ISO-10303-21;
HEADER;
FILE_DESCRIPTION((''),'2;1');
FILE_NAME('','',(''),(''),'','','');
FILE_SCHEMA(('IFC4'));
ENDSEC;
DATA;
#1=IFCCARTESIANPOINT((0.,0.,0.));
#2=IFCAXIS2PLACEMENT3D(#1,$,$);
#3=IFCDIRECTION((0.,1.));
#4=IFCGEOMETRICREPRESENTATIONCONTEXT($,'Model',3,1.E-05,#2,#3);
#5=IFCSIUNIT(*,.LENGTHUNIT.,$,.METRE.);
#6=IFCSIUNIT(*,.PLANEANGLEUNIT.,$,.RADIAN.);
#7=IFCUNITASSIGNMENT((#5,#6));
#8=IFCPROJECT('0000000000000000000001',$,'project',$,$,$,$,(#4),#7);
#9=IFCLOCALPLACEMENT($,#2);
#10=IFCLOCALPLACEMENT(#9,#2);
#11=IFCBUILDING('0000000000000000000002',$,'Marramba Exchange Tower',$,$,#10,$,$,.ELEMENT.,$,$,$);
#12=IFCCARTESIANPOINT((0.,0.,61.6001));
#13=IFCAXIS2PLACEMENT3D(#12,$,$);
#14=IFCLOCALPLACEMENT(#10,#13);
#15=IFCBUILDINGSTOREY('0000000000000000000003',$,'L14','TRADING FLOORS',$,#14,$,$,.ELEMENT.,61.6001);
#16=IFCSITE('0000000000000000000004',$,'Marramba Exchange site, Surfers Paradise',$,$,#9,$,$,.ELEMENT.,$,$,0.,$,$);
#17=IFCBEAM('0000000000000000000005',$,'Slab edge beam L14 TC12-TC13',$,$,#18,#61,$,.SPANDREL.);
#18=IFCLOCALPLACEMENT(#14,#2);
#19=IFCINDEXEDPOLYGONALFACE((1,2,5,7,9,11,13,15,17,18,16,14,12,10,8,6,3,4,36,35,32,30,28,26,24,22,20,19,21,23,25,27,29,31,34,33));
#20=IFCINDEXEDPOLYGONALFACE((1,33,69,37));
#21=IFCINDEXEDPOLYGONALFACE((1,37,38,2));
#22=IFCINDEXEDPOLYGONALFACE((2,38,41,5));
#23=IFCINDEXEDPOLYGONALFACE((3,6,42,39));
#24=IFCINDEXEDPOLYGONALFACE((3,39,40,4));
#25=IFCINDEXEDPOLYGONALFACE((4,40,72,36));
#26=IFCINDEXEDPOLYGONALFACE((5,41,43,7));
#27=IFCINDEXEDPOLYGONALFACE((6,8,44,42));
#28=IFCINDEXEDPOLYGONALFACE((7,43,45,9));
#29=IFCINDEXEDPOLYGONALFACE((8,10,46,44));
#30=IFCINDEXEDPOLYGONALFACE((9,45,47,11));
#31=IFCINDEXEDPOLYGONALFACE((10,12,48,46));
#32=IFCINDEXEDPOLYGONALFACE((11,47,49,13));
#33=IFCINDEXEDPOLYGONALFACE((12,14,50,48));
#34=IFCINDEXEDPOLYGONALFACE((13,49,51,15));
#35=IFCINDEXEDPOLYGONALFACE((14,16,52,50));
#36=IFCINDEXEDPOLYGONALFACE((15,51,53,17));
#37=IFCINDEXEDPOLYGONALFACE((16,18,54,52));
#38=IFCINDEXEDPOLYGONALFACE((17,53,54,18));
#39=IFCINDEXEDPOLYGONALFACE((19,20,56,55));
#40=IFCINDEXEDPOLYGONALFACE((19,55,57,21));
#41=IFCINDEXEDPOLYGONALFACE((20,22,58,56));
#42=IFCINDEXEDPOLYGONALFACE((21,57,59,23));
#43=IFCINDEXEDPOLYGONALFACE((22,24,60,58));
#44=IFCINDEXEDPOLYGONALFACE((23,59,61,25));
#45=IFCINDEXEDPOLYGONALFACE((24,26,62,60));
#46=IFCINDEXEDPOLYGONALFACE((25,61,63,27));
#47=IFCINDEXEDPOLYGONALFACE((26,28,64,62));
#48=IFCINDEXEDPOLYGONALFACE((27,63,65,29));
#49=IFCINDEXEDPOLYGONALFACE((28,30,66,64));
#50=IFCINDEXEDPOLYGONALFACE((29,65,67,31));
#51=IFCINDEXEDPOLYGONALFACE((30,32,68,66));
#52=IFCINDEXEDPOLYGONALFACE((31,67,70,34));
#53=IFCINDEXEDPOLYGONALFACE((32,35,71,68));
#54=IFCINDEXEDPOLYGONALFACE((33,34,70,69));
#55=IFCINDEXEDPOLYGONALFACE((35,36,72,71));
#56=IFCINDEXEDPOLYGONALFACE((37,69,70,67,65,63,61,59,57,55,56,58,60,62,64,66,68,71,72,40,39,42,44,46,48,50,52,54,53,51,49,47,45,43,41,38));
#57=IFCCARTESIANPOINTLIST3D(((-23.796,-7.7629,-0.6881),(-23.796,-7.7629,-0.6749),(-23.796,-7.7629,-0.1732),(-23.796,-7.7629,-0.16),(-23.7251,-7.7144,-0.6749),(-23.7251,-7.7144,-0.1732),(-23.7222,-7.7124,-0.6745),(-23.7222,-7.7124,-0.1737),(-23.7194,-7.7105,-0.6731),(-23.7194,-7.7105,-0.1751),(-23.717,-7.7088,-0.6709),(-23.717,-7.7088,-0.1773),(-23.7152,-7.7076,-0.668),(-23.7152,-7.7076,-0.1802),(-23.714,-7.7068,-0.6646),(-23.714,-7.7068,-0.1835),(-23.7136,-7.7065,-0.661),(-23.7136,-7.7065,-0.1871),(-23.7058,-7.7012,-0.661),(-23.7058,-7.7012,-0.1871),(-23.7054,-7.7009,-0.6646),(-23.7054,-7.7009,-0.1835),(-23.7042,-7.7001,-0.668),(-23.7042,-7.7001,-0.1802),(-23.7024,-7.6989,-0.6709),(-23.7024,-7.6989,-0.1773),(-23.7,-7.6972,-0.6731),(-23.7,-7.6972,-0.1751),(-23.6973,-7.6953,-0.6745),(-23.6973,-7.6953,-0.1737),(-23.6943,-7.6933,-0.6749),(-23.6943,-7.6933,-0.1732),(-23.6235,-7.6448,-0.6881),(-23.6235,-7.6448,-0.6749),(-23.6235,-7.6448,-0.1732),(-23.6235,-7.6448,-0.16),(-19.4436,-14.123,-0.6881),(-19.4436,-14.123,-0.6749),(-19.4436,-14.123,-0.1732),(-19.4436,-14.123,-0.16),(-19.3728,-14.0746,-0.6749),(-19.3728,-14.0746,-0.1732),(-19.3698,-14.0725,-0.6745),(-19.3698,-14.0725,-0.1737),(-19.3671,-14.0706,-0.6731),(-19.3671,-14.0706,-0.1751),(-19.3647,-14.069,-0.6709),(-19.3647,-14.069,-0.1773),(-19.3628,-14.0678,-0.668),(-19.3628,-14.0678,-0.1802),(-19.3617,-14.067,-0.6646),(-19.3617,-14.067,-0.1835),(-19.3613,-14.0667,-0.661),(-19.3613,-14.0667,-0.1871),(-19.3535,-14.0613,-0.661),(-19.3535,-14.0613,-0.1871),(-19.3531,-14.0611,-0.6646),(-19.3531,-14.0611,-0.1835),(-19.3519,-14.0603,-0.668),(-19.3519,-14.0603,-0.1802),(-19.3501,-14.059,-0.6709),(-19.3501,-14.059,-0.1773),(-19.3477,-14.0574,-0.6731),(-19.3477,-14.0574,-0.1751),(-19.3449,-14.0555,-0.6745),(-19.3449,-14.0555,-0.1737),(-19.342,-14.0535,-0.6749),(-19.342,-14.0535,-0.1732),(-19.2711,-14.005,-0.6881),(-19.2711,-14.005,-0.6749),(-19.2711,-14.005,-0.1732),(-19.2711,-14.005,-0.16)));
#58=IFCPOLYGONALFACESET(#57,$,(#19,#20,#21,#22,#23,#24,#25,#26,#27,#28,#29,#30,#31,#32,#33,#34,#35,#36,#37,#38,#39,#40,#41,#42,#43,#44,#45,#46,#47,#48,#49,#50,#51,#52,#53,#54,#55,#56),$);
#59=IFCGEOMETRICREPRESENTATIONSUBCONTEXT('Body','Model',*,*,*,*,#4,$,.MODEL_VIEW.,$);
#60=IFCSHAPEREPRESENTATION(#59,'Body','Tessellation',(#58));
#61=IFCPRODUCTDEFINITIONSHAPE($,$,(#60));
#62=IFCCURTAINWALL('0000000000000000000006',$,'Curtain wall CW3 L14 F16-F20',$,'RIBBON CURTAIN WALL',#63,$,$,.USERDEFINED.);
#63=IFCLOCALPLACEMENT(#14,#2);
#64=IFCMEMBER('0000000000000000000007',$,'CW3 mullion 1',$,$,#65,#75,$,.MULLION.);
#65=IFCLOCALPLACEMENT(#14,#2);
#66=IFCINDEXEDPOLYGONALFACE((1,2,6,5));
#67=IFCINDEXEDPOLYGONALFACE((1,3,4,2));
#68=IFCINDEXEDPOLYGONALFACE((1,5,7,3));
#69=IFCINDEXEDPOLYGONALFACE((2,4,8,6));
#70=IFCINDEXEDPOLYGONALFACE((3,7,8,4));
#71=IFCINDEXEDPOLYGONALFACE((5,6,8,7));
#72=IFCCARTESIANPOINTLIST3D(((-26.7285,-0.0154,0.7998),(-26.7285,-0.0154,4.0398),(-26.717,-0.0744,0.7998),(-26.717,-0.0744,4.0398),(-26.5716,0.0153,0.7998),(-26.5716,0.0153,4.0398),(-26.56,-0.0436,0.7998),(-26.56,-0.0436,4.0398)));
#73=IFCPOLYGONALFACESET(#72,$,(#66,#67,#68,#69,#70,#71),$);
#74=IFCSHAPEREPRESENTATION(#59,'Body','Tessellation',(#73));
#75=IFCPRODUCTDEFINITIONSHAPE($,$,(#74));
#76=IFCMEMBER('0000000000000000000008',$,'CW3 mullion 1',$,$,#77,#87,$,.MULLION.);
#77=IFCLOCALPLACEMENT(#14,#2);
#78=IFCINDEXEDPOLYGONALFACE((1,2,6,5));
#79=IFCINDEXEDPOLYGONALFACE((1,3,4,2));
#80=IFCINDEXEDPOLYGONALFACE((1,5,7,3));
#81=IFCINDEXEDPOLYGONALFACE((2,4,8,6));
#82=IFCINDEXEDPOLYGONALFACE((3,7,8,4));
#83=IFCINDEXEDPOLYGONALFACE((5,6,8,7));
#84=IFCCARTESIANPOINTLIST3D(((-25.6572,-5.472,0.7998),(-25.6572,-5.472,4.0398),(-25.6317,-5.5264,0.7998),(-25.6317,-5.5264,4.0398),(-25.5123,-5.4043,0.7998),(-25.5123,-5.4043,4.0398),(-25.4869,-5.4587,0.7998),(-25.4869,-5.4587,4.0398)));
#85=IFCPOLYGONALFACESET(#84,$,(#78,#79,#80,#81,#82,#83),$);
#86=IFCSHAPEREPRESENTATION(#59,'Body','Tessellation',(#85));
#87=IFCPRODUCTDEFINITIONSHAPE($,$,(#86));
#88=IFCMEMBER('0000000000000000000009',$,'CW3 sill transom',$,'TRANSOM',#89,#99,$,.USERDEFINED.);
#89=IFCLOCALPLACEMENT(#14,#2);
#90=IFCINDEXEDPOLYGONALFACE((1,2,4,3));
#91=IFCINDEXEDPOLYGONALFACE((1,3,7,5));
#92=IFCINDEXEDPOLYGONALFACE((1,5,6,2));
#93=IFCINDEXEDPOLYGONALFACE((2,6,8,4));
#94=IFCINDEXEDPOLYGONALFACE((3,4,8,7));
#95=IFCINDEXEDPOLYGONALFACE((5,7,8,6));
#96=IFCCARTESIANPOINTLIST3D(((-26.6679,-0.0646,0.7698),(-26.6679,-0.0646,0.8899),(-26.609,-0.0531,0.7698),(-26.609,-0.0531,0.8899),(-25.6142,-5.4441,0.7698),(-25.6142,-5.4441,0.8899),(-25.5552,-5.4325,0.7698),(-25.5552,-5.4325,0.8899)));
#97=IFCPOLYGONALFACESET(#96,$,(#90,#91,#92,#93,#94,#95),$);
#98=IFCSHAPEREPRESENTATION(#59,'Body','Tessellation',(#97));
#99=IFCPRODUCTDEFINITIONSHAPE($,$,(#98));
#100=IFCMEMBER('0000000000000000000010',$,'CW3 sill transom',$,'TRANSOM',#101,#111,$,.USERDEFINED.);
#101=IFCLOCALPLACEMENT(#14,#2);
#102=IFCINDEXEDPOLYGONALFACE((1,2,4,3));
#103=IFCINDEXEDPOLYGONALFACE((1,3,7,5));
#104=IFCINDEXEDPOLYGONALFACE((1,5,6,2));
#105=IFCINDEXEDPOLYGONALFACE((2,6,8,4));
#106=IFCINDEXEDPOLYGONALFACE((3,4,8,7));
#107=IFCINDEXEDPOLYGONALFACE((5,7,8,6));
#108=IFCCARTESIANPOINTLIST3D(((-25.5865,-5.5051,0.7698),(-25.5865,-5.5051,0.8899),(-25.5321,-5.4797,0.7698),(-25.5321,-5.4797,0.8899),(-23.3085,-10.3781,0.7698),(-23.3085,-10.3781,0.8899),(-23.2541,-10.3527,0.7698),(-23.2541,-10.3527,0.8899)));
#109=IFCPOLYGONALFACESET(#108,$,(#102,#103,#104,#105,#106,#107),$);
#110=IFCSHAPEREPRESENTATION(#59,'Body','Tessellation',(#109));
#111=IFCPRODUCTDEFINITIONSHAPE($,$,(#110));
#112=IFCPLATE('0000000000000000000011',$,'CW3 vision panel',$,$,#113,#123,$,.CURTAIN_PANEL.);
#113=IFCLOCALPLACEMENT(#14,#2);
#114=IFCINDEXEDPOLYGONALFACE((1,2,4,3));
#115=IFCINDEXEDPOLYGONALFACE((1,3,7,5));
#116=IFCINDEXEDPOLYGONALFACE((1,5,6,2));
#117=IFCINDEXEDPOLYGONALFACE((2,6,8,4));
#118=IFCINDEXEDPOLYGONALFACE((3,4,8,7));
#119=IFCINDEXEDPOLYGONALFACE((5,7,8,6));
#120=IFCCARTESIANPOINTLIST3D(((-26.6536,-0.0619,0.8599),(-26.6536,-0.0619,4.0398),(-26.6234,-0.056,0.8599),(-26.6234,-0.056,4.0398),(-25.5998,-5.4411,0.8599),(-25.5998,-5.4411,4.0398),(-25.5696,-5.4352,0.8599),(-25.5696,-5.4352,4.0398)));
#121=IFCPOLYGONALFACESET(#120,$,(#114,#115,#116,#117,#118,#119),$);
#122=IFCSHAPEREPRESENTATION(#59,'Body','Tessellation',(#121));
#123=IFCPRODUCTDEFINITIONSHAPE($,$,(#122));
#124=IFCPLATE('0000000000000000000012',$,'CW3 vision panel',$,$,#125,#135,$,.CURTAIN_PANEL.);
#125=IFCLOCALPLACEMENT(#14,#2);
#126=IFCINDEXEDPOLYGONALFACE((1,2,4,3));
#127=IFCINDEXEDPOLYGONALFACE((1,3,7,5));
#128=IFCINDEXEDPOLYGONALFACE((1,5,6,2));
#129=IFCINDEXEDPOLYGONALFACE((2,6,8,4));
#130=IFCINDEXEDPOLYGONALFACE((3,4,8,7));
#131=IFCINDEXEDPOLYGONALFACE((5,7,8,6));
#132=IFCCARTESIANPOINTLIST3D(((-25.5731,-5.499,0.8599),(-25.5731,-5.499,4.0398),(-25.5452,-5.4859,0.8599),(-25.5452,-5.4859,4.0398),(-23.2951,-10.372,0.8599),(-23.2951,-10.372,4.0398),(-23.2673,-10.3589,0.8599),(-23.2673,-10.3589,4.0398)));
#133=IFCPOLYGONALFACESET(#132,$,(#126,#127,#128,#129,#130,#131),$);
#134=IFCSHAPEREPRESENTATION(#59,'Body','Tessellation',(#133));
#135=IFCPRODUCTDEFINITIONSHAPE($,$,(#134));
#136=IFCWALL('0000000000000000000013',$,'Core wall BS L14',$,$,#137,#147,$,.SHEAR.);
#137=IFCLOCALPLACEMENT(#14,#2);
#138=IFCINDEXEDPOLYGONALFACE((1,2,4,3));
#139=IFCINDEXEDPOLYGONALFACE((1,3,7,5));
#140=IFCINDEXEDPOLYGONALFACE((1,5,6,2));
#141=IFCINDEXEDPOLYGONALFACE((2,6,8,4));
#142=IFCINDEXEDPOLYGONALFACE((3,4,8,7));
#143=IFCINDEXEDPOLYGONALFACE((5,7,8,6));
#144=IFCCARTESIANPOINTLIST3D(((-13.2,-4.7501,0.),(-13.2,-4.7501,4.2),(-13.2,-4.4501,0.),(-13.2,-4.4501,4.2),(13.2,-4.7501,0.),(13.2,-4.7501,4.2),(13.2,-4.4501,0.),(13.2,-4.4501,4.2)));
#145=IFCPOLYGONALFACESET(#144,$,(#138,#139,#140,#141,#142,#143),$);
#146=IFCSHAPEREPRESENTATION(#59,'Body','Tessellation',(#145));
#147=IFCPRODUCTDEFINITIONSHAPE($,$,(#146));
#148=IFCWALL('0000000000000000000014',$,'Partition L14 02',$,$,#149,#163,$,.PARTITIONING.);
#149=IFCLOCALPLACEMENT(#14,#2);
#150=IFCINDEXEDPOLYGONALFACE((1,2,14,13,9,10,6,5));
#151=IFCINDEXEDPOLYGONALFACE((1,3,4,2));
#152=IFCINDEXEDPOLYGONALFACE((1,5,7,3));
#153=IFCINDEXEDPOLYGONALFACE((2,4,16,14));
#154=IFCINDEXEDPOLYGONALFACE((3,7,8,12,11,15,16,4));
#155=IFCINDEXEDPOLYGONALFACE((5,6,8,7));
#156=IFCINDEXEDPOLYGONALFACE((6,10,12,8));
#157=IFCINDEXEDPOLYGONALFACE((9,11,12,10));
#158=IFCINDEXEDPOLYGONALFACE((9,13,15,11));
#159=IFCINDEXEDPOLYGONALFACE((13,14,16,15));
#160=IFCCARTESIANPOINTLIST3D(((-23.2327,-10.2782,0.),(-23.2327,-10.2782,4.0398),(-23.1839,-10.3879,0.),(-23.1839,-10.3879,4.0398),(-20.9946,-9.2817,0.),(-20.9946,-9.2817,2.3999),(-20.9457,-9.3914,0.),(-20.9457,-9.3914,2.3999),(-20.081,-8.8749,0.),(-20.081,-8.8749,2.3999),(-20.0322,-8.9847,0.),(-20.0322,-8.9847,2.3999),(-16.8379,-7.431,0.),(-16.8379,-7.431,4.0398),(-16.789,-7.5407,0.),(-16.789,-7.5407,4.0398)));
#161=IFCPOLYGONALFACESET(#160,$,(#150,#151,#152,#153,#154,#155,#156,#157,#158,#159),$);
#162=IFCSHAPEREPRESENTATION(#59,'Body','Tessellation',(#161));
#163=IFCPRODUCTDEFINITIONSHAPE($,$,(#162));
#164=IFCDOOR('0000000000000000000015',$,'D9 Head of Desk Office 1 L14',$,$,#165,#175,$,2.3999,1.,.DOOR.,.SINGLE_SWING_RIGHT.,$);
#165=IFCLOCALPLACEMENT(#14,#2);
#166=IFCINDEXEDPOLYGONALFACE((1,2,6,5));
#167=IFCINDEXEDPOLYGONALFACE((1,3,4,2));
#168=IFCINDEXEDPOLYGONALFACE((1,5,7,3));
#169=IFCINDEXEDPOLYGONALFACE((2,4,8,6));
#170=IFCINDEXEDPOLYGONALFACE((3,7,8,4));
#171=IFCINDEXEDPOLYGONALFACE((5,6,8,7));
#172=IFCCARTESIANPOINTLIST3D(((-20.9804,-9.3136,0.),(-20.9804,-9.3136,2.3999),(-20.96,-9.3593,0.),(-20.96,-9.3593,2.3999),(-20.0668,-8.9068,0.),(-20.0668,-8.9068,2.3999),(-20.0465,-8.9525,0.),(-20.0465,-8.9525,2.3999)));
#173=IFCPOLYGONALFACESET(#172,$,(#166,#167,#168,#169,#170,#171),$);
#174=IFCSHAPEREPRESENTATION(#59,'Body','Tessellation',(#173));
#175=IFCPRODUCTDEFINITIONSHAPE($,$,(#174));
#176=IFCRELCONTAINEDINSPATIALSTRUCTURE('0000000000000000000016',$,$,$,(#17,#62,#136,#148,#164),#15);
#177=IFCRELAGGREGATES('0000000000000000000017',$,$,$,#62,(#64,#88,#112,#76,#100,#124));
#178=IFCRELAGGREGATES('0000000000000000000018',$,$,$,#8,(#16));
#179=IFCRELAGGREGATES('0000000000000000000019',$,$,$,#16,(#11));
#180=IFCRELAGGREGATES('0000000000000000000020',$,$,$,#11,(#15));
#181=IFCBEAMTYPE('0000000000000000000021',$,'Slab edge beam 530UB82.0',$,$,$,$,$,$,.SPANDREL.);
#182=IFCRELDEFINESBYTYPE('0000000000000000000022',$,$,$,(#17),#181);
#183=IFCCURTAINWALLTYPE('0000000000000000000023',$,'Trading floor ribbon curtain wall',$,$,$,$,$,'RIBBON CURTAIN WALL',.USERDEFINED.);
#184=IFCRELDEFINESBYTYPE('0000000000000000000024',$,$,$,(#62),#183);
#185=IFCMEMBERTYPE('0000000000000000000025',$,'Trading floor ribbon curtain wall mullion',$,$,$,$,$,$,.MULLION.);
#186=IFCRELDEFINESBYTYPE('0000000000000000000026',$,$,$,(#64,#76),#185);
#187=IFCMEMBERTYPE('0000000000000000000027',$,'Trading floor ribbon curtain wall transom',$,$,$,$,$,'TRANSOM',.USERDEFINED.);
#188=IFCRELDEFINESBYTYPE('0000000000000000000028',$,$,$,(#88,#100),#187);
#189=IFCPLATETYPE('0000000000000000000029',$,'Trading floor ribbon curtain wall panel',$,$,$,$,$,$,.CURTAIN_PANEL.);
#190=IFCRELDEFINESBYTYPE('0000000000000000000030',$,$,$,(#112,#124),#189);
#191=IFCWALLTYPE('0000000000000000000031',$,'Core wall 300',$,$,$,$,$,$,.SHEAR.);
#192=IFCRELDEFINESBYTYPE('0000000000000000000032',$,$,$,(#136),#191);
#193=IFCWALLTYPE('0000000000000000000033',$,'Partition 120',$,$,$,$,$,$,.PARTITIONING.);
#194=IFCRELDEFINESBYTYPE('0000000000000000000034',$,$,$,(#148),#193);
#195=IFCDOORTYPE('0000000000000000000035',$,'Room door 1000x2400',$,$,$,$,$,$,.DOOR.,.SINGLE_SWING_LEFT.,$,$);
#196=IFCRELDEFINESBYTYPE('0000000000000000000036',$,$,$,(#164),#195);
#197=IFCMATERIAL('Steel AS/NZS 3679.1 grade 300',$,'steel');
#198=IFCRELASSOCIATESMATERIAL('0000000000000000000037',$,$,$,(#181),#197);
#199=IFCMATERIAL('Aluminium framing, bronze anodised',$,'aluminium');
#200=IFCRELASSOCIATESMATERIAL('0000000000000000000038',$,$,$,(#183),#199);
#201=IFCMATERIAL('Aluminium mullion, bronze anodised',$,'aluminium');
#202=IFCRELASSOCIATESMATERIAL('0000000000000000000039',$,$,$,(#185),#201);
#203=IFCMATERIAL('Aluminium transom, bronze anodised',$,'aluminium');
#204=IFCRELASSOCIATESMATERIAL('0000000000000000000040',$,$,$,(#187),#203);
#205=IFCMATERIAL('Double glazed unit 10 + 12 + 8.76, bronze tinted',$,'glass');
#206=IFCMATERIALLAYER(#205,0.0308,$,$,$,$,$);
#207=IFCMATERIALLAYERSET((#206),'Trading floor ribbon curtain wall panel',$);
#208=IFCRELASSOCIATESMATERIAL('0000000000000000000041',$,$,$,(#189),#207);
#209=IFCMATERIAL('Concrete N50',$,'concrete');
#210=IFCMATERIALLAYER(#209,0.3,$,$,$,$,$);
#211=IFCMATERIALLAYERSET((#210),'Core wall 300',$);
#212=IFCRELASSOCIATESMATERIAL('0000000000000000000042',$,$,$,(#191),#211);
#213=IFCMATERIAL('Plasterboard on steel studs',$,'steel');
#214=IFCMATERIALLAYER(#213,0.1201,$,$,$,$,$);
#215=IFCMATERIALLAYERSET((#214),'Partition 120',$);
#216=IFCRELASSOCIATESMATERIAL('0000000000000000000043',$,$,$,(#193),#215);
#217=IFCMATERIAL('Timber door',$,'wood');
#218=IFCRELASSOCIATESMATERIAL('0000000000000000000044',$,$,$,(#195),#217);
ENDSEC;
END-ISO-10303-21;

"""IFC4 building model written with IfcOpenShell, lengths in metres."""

from ifc_helpers import new_model, si_unit, direction, frame, frame_2d, origin, origin_2d, place, context, subcontext, project, spatial, rectangle, i_section, extrude, material, layer, layer_set, material_profile, profile_set, type_object, element, fill, aggregate, save


model = new_model("IFC4")

# Units and contexts
model_context = context("Model", 3, precision=1e-05, world=origin(), true_north=direction((0.0, 1.0)))
body_context = subcontext(model_context, "Body", "Model", "MODEL_VIEW")
ifc_project = project(units=[si_unit("LENGTHUNIT", "METRE"), si_unit("PLANEANGLEUNIT", "RADIAN")], contexts=[model_context])

# Site, building, storey
site_placement = place(None, origin())
site = spatial("IfcSite", under=ifc_project, at=site_placement, Name="Marramba Exchange site, Surfers Paradise", CompositionType="ELEMENT", RefElevation=0.0)
building_placement = place(site_placement, origin())
building = spatial("IfcBuilding", under=site, at=building_placement, Name="Marramba Exchange Tower", CompositionType="ELEMENT")
storey_placement = place(building_placement, frame((0.0, 0.0, 61.6001)))
storey = spatial("IfcBuildingStorey", under=building, at=storey_placement, Name="L14", Description="TRADING FLOORS", CompositionType="ELEMENT", Elevation=61.6001)

# Shared definitions
ifc_material_1 = material(Name="Concrete N50", Category="concrete")

# Beam
ifc_material_2 = material(Name="Steel AS/NZS 3679.1 grade 300", Category="steel")
ifc_material_profile_1 = material_profile(ifc_material_2, i_section(OverallWidth=0.209, OverallDepth=0.5281, WebThickness=0.0095, FlangeThickness=0.0132, FilletRadius=0.0139, at=origin_2d()), Name="530UB82.0")
ifc_profile_set_1 = profile_set([ifc_material_profile_1], Name="Steel AS/NZS 3679.1 grade 300")
beam_type_1 = type_object("IfcBeamType", Name="Slab edge beam 530UB82.0", PredefinedType="SPANDREL", material=ifc_profile_set_1)
beam_1_placement = place(storey_placement, frame((-23.7097, -7.7039, -0.4241), z_axis=(0.564741, -0.825268, 0.0), x_axis=(0.825268, 0.564741, 0.0)))
element("IfcBeam", 1, at=beam_1_placement, inside=storey, type_object=beam_type_1, Name="Slab edge beam L14 TC12-TC13", PredefinedType="SPANDREL", context=body_context, shape_type="SweptSolid", body=[
    extrude(i_section(OverallWidth=0.209, OverallDepth=0.5281, WebThickness=0.0095, FlangeThickness=0.0132, FilletRadius=0.0139, at=origin_2d()), origin(), (0.0, 0.0, 1.0), 7.7068),
])

# Curtain wall, members, plates
ifc_material_3 = material(Name="Aluminium framing, bronze anodised", Category="aluminium")
curtain_wall_type = type_object("IfcCurtainWallType", Name="Trading floor ribbon curtain wall", ElementType="RIBBON CURTAIN WALL", PredefinedType="USERDEFINED", material=ifc_material_3)
curtain_wall_placement = place(storey_placement, origin())
curtain_wall = element("IfcCurtainWall", 2, at=curtain_wall_placement, inside=storey, type_object=curtain_wall_type, Name="Curtain wall CW3 L14 F16-F20", ObjectType="RIBBON CURTAIN WALL", PredefinedType="USERDEFINED")
ifc_material_4 = material(Name="Aluminium mullion, bronze anodised", Category="aluminium")
ifc_material_profile_2 = material_profile(ifc_material_4, rectangle(XDim=0.1599, YDim=0.0601, at=origin_2d()), Name="CW3 mullion 60x160")
ifc_profile_set_2 = profile_set([ifc_material_profile_2], Name="Aluminium mullion, bronze anodised")
member_type_1 = type_object("IfcMemberType", Name="Trading floor ribbon curtain wall mullion", PredefinedType="MULLION", material=ifc_profile_set_2)
member_1_placement = place(storey_placement, frame((-26.6443, -0.0295, 0.7998), z_axis=(0.0, 0.0, 1.0), x_axis=(0.981346, 0.192249, 0.0)))
member_1 = element("IfcMember", 3, at=member_1_placement, type_object=member_type_1, Name="CW3 mullion 1", PredefinedType="MULLION", context=body_context, shape_type="SweptSolid", body=[
    extrude(rectangle(XDim=0.1599, YDim=0.0601, at=origin_2d()), origin(), (0.0, 0.0, 1.0), 3.24),
])
member_2_placement = place(storey_placement, frame((-25.572, -5.4653, 0.7998), z_axis=(0.0, 0.0, 1.0), x_axis=(0.905907, 0.423477, 0.0)))
member_2 = element("IfcMember", 4, at=member_2_placement, type_object=member_type_1, Name="CW3 mullion 1", PredefinedType="MULLION", context=body_context, shape_type="SweptSolid", body=[
    extrude(rectangle(XDim=0.1599, YDim=0.0601, at=origin_2d()), origin(), (0.0, 0.0, 1.0), 3.24),
])
ifc_material_5 = material(Name="Aluminium transom, bronze anodised", Category="aluminium")
ifc_material_profile_3 = material_profile(ifc_material_5, rectangle(XDim=0.0601, YDim=0.1201, at=origin_2d()), Name="CW3 transom 60x120")
ifc_profile_set_3 = profile_set([ifc_material_profile_3], Name="Aluminium transom, bronze anodised")
member_type_2 = type_object("IfcMemberType", Name="Trading floor ribbon curtain wall transom", ElementType="TRANSOM", PredefinedType="USERDEFINED", material=ifc_profile_set_3)
member_3_placement = place(storey_placement, frame((-26.6384, -0.0588, 0.8298), z_axis=(0.192226, -0.981351, 0.0), x_axis=(0.981351, 0.192226, 0.0)))
member_3 = element("IfcMember", 5, at=member_3_placement, type_object=member_type_2, Name="CW3 sill transom", ObjectType="TRANSOM", PredefinedType="USERDEFINED", context=body_context, shape_type="SweptSolid", body=[
    extrude(rectangle(XDim=0.0601, YDim=0.1201, at=origin_2d()), origin(), (0.0, 0.0, 1.0), 5.4817),
])
member_4_placement = place(storey_placement, frame((-25.5593, -5.4924, 0.8298), z_axis=(0.423494, -0.905899, 0.0), x_axis=(0.905899, 0.423494, 0.0)))
member_4 = element("IfcMember", 6, at=member_4_placement, type_object=member_type_2, Name="CW3 sill transom", ObjectType="TRANSOM", PredefinedType="USERDEFINED", context=body_context, shape_type="SweptSolid", body=[
    extrude(rectangle(XDim=0.0601, YDim=0.1201, at=origin_2d()), origin(), (0.0, 0.0, 1.0), 5.3792),
])
ifc_material_6 = material(Name="Double glazed unit 10 + 12 + 8.76, bronze tinted", Category="glass")
ifc_layer_1 = layer(ifc_material_6, 0.0308)
ifc_layer_set_1 = layer_set([ifc_layer_1], Name="Trading floor ribbon curtain wall panel")
plate_type = type_object("IfcPlateType", Name="Trading floor ribbon curtain wall panel", PredefinedType="CURTAIN_PANEL", material=ifc_layer_set_1)
plate_1_placement = place(storey_placement, frame((-26.1116, -2.7485, 0.8599), z_axis=(0.0, 0.0, 1.0), x_axis=(0.192249, -0.981346, 0.0)))
plate_1 = element("IfcPlate", 7, at=plate_1_placement, type_object=plate_type, Name="CW3 vision panel", PredefinedType="CURTAIN_PANEL", context=body_context, shape_type="SweptSolid", body=[
    extrude(rectangle(XDim=5.4814, YDim=0.0308, at=origin_2d()), origin(), (0.0, 0.0, 1.0), 3.1799),
])
plate_2_placement = place(storey_placement, frame((-24.4202, -7.929, 0.8599), z_axis=(0.0, 0.0, 1.0), x_axis=(0.423477, -0.905907, 0.0)))
plate_2 = element("IfcPlate", 8, at=plate_2_placement, type_object=plate_type, Name="CW3 vision panel", PredefinedType="CURTAIN_PANEL", context=body_context, shape_type="SweptSolid", body=[
    extrude(rectangle(XDim=5.3792, YDim=0.0308, at=origin_2d()), origin(), (0.0, 0.0, 1.0), 3.1799),
])
aggregate(curtain_wall, [member_1, member_3, plate_1, member_2, member_4, plate_2])

# Wall
ifc_layer_2 = layer(ifc_material_1, 0.3)
ifc_layer_set_2 = layer_set([ifc_layer_2], Name="Core wall 300")
wall_type_1 = type_object("IfcWallType", Name="Core wall 300", PredefinedType="SHEAR", material=ifc_layer_set_2)
wall_1_placement = place(storey_placement, frame((-13.2, -4.6001, 0.0), z_axis=(0.0, 0.0, 1.0), x_axis=(1.0, 0.0, 0.0)))
element("IfcWall", 9, at=wall_1_placement, inside=storey, type_object=wall_type_1, Name="Core wall BS L14", PredefinedType="SHEAR", context=body_context, shape_type="SweptSolid", body=[
    extrude(rectangle(XDim=26.3999, YDim=0.3, at=frame_2d((13.2, 0.0))), origin(), (0.0, 0.0, 1.0), 4.2),
])

# Wall, opening, door
ifc_material_7 = material(Name="Plasterboard on steel studs", Category="steel")
ifc_layer_3 = layer(ifc_material_7, 0.1201)
ifc_layer_set_3 = layer_set([ifc_layer_3], Name="Partition 120")
wall_type_2 = type_object("IfcWallType", Name="Partition 120", PredefinedType="PARTITIONING", material=ifc_layer_set_3)
wall_2_placement = place(storey_placement, frame((-16.8135, -7.4858, 0.0), z_axis=(0.0, 0.0, 1.0), x_axis=(-0.913544, -0.40674, 0.0)))
wall_2 = element("IfcWall", 10, at=wall_2_placement, inside=storey, type_object=wall_type_2, Name="Partition L14 02", PredefinedType="PARTITIONING", context=body_context, shape_type="SweptSolid", body=[
    extrude(rectangle(XDim=7.0, YDim=0.1201, at=frame_2d((3.5, 0.0))), origin(), (0.0, 0.0, 1.0), 4.0398),
])
opening_placement = place(wall_2_placement, frame((3.55, 0.0, 0.0)))
opening = element("IfcOpeningElement", 11, at=opening_placement, cuts=wall_2, PredefinedType="OPENING", context=body_context, shape_type="SweptSolid", body=[
    extrude(rectangle(XDim=1.0, YDim=2.3999, at=frame_2d((0.5, 1.2))), frame((0.0, 0.0701, 0.0), z_axis=(0.0, -1.0, 0.0), x_axis=(1.0, 0.0, 0.0)), (0.0, 0.0, 1.0), 0.1401),
])
ifc_material_8 = material(Name="Timber door", Category="wood")
door_type = type_object("IfcDoorType", Name="Room door 1000x2400", OperationType="SINGLE_SWING_LEFT", PredefinedType="DOOR", material=ifc_material_8)
door_placement = place(opening_placement, origin())
door = element("IfcDoor", 12, at=door_placement, inside=storey, type_object=door_type, Name="D9 Head of Desk Office 1 L14", OperationType="SINGLE_SWING_RIGHT", OverallHeight=2.3999, OverallWidth=1.0, PredefinedType="DOOR", context=body_context, shape_type="SweptSolid", body=[
    extrude(rectangle(XDim=1.0, YDim=2.3999, at=frame_2d((0.5, 1.2))), frame((0.0, 0.0249, 0.0), z_axis=(0.0, -1.0, 0.0), x_axis=(1.0, 0.0, 0.0)), (0.0, 0.0, 1.0), 0.05),
])
fill(opening, door)

save(model, "model.ifc")
